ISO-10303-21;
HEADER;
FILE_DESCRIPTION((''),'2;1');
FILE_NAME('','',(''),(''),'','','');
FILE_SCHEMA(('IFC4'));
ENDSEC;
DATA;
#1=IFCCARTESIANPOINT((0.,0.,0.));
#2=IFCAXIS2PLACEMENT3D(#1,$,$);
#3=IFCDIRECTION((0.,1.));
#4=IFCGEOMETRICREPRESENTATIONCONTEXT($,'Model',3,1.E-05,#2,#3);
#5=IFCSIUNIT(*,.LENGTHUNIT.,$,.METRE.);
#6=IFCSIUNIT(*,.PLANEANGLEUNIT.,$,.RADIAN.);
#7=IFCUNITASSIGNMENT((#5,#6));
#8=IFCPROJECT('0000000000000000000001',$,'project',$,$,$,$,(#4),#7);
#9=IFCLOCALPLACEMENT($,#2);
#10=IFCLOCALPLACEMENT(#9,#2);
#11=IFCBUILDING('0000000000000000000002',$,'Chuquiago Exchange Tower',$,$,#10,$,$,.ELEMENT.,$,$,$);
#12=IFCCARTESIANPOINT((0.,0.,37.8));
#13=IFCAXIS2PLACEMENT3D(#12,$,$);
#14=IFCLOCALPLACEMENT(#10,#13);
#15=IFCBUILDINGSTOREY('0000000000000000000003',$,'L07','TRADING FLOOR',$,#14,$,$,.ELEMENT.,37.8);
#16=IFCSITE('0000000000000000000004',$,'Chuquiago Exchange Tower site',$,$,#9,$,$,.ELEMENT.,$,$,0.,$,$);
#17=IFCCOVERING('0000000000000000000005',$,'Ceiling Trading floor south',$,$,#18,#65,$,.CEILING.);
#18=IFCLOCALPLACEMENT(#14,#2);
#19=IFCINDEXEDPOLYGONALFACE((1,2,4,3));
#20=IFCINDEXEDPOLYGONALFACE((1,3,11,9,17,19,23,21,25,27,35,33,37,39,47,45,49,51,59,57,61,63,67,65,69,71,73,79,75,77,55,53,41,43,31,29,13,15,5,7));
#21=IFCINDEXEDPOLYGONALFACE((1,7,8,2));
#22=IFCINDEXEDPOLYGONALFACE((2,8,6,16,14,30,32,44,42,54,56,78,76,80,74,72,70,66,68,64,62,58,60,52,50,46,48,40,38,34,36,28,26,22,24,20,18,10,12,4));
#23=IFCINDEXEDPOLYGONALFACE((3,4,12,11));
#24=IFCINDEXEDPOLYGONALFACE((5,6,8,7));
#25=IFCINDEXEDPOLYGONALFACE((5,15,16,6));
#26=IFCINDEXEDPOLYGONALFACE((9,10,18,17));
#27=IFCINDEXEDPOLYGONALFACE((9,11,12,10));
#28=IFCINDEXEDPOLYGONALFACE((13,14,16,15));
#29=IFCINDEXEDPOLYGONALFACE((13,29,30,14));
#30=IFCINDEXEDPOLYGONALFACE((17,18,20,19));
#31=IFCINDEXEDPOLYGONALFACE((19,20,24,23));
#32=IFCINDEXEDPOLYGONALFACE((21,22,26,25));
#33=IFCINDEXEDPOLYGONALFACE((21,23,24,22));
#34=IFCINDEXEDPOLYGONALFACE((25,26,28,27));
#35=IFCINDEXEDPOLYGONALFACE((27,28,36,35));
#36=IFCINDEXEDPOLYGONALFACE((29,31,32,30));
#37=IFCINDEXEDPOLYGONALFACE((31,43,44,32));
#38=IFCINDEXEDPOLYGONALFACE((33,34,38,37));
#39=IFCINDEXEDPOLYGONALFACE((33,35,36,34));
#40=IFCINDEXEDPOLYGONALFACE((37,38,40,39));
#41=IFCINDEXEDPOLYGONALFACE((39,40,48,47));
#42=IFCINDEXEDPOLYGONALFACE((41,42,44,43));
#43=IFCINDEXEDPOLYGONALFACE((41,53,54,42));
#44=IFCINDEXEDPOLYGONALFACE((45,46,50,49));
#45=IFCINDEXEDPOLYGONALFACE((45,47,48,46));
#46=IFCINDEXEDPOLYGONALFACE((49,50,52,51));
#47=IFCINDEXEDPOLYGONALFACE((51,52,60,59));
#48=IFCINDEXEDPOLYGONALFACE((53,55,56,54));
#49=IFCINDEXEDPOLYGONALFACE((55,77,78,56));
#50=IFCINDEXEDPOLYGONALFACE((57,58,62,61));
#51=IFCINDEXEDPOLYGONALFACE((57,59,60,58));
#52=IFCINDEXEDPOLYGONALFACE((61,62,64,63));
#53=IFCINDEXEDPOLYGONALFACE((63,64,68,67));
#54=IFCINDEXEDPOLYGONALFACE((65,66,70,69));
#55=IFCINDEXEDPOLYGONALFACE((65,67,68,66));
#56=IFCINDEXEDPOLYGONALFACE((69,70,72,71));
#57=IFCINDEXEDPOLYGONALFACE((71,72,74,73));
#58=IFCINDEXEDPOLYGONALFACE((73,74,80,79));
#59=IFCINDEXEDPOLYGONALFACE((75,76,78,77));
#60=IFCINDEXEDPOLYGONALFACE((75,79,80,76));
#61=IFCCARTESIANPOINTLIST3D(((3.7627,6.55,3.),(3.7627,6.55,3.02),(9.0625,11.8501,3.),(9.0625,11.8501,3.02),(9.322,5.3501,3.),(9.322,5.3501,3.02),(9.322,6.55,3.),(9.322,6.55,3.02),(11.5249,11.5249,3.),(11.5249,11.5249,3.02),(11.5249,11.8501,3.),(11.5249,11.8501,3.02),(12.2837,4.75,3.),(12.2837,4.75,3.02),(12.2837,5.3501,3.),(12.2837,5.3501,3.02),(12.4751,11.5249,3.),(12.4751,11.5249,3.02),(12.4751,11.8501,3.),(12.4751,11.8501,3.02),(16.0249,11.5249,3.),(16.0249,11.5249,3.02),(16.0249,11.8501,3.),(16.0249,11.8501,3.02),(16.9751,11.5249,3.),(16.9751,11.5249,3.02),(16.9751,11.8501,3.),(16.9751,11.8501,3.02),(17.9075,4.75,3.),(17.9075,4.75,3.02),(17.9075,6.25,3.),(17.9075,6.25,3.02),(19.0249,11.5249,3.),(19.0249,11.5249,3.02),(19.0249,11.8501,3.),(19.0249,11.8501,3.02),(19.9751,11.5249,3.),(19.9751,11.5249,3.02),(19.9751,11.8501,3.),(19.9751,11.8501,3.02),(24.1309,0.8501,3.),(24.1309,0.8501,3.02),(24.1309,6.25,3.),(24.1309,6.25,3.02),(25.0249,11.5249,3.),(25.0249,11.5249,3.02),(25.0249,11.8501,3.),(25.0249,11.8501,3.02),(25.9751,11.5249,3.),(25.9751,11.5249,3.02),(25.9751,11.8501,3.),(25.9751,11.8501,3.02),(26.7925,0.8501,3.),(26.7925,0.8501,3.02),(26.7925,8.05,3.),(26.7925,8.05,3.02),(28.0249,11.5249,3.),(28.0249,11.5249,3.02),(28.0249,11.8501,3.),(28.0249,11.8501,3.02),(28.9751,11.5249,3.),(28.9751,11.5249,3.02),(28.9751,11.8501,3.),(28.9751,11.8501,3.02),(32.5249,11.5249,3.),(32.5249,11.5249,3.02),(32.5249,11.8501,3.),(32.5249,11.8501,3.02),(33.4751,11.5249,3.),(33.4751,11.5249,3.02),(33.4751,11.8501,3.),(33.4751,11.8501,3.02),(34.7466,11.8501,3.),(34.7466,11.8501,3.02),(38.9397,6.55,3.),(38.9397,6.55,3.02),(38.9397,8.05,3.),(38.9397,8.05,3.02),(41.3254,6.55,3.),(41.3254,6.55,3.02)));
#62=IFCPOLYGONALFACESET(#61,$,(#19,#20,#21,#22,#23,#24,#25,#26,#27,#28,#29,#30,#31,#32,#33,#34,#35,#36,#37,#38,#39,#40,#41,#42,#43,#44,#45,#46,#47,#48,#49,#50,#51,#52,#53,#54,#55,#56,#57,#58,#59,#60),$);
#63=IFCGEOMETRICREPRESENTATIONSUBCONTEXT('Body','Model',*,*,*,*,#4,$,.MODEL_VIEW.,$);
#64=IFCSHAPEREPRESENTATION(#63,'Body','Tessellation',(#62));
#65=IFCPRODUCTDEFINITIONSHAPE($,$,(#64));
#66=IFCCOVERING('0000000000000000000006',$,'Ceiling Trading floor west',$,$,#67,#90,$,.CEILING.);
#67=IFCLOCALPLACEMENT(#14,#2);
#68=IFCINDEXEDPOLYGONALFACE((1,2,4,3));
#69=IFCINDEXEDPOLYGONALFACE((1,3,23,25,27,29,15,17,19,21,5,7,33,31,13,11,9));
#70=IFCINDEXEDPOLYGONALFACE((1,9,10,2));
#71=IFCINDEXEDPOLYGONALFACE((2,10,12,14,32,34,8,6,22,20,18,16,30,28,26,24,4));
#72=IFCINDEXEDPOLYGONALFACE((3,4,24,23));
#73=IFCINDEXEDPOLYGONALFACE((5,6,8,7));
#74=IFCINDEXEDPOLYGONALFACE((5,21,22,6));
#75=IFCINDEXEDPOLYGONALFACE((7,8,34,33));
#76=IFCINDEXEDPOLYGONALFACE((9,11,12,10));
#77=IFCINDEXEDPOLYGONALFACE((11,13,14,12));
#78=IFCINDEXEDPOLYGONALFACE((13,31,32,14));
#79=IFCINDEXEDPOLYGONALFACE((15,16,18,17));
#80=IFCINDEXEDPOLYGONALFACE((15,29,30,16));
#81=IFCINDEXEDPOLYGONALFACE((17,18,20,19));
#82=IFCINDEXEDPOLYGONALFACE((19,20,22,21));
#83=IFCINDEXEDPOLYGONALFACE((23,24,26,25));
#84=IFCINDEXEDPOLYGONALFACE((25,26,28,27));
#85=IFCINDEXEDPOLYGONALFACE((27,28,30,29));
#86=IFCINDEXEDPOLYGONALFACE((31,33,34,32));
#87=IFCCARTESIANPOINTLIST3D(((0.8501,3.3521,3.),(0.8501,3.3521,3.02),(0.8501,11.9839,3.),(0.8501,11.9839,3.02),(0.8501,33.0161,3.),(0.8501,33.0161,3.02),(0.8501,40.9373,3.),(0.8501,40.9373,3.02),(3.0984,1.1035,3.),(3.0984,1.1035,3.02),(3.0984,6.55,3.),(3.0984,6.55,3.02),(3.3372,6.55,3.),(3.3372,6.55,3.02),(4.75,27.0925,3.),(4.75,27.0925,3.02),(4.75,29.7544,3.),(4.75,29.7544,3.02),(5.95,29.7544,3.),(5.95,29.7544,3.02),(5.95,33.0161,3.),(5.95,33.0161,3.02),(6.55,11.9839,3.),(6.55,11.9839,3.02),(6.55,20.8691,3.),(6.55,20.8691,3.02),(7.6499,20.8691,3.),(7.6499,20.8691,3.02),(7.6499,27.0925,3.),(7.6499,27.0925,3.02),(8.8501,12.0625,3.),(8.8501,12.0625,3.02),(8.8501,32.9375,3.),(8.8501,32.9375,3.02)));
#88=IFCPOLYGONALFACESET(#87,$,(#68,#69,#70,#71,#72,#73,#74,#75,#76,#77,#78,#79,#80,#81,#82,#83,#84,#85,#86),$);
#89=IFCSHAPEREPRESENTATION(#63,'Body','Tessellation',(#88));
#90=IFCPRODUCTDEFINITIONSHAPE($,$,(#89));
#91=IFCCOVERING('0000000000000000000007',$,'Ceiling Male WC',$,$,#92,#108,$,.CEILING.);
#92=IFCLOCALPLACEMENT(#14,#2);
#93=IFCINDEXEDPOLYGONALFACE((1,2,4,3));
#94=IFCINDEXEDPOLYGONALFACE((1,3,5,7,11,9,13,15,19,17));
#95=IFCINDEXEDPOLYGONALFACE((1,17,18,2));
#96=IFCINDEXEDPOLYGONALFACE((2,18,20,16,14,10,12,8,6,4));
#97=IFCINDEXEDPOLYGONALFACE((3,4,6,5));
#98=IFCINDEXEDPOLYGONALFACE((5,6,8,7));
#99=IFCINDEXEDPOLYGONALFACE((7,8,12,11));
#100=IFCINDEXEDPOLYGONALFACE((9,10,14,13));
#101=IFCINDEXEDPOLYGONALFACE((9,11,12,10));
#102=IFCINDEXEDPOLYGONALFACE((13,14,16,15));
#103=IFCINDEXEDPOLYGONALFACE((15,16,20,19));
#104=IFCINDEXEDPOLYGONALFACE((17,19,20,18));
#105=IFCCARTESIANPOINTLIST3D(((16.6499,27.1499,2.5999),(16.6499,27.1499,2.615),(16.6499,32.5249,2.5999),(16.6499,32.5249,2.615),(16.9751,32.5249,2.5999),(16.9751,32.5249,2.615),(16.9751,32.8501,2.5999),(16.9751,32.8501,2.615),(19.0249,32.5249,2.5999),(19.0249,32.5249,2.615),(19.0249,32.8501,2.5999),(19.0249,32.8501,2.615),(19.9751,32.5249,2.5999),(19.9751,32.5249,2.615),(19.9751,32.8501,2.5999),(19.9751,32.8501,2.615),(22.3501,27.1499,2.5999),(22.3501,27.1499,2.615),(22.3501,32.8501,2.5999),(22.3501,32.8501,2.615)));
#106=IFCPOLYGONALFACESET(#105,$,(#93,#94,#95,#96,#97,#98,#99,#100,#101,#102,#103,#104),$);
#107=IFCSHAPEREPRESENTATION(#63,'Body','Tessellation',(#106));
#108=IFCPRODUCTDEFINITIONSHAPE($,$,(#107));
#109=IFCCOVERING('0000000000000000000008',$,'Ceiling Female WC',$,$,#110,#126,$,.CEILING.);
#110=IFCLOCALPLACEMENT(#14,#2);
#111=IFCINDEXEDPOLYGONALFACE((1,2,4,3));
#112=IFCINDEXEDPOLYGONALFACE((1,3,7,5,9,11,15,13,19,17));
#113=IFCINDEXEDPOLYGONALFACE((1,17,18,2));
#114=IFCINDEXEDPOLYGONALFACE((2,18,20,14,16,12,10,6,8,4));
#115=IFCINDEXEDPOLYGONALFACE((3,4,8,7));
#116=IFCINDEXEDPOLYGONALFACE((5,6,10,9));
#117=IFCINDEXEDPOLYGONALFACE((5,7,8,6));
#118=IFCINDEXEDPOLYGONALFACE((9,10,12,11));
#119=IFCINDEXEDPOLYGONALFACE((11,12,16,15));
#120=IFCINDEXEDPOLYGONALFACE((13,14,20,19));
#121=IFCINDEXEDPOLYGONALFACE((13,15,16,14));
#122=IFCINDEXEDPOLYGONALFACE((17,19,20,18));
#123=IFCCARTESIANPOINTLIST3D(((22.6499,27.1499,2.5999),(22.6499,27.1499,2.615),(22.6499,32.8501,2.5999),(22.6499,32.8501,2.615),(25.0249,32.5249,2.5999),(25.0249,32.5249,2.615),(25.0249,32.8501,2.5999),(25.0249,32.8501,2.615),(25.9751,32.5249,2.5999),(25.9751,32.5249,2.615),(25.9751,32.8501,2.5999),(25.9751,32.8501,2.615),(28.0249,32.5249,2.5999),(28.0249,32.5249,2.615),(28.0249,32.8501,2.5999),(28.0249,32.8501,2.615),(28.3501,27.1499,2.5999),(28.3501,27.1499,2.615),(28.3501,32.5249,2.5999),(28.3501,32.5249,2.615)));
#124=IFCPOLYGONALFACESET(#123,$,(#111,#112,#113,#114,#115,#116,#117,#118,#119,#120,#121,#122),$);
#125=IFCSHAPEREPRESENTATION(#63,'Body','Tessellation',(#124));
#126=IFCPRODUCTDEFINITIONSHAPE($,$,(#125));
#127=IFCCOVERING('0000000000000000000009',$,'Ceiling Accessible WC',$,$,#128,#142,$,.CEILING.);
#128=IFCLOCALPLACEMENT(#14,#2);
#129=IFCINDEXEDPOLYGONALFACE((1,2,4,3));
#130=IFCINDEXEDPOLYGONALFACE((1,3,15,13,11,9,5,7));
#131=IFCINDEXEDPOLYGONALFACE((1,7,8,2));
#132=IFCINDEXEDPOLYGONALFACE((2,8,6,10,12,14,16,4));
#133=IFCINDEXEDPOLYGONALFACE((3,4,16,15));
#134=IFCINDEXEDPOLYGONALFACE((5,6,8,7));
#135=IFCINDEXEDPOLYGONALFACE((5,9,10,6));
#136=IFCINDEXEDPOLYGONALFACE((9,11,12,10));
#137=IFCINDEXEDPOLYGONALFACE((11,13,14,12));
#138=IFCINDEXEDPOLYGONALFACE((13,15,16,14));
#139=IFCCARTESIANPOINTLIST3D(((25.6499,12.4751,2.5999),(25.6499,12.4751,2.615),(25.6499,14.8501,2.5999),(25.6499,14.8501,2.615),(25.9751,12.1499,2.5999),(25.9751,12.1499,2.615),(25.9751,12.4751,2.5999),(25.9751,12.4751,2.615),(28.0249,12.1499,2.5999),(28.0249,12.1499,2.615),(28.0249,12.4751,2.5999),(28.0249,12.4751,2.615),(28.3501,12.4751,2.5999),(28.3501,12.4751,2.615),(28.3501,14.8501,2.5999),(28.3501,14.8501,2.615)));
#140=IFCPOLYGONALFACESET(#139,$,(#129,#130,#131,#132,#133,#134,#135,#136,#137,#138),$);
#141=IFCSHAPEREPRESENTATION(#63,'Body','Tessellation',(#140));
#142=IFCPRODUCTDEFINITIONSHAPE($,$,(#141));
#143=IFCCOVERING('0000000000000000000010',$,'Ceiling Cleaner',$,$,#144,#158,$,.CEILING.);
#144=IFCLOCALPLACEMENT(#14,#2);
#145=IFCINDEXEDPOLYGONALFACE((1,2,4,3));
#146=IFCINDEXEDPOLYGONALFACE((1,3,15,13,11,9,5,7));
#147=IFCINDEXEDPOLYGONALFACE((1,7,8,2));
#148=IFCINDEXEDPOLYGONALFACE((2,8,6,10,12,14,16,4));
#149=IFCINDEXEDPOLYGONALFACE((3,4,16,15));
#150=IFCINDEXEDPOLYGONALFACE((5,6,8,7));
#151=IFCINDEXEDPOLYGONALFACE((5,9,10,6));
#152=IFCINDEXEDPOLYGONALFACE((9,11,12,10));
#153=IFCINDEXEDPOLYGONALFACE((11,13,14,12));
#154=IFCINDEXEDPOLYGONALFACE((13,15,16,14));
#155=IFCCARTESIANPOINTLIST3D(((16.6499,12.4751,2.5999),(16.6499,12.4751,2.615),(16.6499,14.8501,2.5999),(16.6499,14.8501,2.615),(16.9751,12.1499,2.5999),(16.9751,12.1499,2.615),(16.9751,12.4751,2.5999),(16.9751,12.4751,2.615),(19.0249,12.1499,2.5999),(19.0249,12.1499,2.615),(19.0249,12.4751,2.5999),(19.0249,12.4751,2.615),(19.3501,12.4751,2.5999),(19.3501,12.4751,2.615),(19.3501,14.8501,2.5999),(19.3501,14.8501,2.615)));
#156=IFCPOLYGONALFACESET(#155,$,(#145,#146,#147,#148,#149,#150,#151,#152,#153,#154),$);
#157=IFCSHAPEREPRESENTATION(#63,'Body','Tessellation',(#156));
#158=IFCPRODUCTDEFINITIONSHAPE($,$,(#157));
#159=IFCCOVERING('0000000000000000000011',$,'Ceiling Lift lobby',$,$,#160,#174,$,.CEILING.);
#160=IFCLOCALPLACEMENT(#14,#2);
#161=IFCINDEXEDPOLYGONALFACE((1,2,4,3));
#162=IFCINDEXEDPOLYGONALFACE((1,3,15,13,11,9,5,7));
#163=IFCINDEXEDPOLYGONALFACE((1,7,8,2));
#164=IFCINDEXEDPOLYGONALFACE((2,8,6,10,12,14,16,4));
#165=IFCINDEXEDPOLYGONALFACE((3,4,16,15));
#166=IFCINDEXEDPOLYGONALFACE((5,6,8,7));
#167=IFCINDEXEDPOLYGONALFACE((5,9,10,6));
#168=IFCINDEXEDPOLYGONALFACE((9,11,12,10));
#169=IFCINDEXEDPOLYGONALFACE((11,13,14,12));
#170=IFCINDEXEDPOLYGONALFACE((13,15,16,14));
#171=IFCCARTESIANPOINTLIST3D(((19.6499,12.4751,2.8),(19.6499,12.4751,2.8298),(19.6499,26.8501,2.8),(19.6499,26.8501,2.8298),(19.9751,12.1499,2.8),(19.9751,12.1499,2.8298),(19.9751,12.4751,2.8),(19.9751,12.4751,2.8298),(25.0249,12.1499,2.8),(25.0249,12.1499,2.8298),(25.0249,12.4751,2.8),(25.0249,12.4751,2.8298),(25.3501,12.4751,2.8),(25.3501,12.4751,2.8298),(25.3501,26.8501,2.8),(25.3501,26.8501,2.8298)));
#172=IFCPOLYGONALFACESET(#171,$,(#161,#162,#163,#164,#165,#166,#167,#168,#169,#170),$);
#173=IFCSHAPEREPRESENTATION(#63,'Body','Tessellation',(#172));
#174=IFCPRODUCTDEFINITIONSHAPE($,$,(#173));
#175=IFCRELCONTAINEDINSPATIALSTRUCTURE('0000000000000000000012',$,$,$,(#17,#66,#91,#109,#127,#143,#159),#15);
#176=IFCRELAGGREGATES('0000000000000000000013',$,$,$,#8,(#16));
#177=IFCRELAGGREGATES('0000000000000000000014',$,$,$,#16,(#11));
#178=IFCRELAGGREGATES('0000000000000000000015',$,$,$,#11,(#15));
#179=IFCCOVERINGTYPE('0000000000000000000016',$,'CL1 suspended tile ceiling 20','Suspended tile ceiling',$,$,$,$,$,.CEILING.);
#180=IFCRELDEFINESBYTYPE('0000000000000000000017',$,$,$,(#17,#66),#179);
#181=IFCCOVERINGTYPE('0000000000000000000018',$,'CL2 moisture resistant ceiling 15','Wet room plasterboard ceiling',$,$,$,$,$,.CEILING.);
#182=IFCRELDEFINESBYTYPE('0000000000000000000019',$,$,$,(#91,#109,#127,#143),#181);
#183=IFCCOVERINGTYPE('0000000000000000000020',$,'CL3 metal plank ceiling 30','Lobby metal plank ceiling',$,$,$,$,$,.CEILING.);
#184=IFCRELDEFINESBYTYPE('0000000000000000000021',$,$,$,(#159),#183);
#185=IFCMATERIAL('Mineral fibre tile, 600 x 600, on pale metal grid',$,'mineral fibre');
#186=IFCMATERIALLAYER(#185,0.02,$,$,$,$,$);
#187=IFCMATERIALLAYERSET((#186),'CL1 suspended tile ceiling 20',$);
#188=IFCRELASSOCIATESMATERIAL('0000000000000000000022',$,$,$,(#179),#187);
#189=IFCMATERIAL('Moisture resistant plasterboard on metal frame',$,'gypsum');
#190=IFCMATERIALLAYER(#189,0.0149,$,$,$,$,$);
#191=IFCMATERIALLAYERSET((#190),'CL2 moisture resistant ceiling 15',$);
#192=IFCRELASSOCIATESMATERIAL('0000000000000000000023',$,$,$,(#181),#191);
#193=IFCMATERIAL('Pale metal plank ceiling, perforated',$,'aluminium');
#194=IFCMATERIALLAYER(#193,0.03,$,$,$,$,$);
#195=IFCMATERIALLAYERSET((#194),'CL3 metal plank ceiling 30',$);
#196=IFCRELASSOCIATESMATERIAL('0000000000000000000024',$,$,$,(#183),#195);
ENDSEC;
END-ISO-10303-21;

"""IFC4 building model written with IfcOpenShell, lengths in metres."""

from ifc_helpers import new_model, si_unit, direction, frame, origin, place, context, subcontext, project, spatial, polyline, outline, extrude, material, layer, layer_set, type_object, element, save


model = new_model("IFC4")

# Units and contexts
model_context = context("Model", 3, precision=1e-05, world=origin(), true_north=direction((0.0, 1.0)))
body_context = subcontext(model_context, "Body", "Model", "MODEL_VIEW")
ifc_project = project(units=[si_unit("LENGTHUNIT", "METRE"), si_unit("PLANEANGLEUNIT", "RADIAN")], contexts=[model_context])

# Site, building, storey
site_placement = place(None, origin())
site = spatial("IfcSite", under=ifc_project, at=site_placement, Name="Chuquiago Exchange Tower site", CompositionType="ELEMENT", RefElevation=0.0)
building_placement = place(site_placement, origin())
building = spatial("IfcBuilding", under=site, at=building_placement, Name="Chuquiago Exchange Tower", CompositionType="ELEMENT")
storey_placement = place(building_placement, frame((0.0, 0.0, 37.8)))
storey = spatial("IfcBuildingStorey", under=building, at=storey_placement, Name="L07", Description="TRADING FLOOR", CompositionType="ELEMENT", Elevation=37.8)

# Coverings
ifc_material_1 = material(Name="Mineral fibre tile, 600 x 600, on pale metal grid", Category="mineral fibre")
ifc_layer_1 = layer(ifc_material_1, 0.02)
ifc_layer_set_1 = layer_set([ifc_layer_1], Name="CL1 suspended tile ceiling 20")
covering_type_1 = type_object("IfcCoveringType", Name="CL1 suspended tile ceiling 20", Description="Suspended tile ceiling", PredefinedType="CEILING", material=ifc_layer_set_1)
covering_1_placement = place(storey_placement, frame((0.0, 0.0, 3.0)))
element("IfcCovering", 1, at=covering_1_placement, inside=storey, type_object=covering_type_1, Name="Ceiling Trading floor south", PredefinedType="CEILING", context=body_context, shape_type="SweptSolid", body=[
    extrude(outline(polyline([(38.9397, 8.05), (26.7925, 8.05), (26.7925, 0.8501), (24.1309, 0.8501), (24.1309, 6.25), (17.9075, 6.25), (17.9075, 4.75), (12.2837, 4.75), (12.2837, 5.3501), (9.322, 5.3501), (9.322, 6.55), (3.7627, 6.55), (9.0625, 11.8501), (11.5249, 11.8501), (11.5249, 11.5249), (12.4751, 11.5249), (12.4751, 11.8501), (16.0249, 11.8501), (16.0249, 11.5249), (16.9751, 11.5249), (16.9751, 11.8501), (19.0249, 11.8501), (19.0249, 11.5249), (19.9751, 11.5249), (19.9751, 11.8501), (25.0249, 11.8501), (25.0249, 11.5249), (25.9751, 11.5249), (25.9751, 11.8501), (28.0249, 11.8501), (28.0249, 11.5249), (28.9751, 11.5249), (28.9751, 11.8501), (32.5249, 11.8501), (32.5249, 11.5249), (33.4751, 11.5249), (33.4751, 11.8501), (34.7466, 11.8501), (41.3254, 6.55), (38.9397, 6.55), (38.9397, 8.05)])), origin(), (0.0, 0.0, 1.0), 0.02),
])
covering_2_placement = place(storey_placement, frame((0.0, 0.0, 3.0)))
element("IfcCovering", 2, at=covering_2_placement, inside=storey, type_object=covering_type_1, Name="Ceiling Trading floor west", PredefinedType="CEILING", context=body_context, shape_type="SweptSolid", body=[
    extrude(outline(polyline([(6.55, 20.8691), (7.6499, 20.8691), (7.6499, 27.0925), (4.75, 27.0925), (4.75, 29.7544), (5.95, 29.7544), (5.95, 33.0161), (0.8501, 33.0161), (0.8501, 40.9373), (8.8501, 32.9375), (8.8501, 12.0625), (3.3372, 6.55), (3.0984, 6.55), (3.0984, 1.1035), (0.8501, 3.3521), (0.8501, 11.9839), (6.55, 11.9839), (6.55, 20.8691)])), origin(), (0.0, 0.0, 1.0), 0.02),
])
ifc_material_2 = material(Name="Moisture resistant plasterboard on metal frame", Category="gypsum")
ifc_layer_2 = layer(ifc_material_2, 0.0149)
ifc_layer_set_2 = layer_set([ifc_layer_2], Name="CL2 moisture resistant ceiling 15")
covering_type_2 = type_object("IfcCoveringType", Name="CL2 moisture resistant ceiling 15", Description="Wet room plasterboard ceiling", PredefinedType="CEILING", material=ifc_layer_set_2)
covering_3_placement = place(storey_placement, frame((0.0, 0.0, 2.5999)))
element("IfcCovering", 3, at=covering_3_placement, inside=storey, type_object=covering_type_2, Name="Ceiling Male WC", PredefinedType="CEILING", context=body_context, shape_type="SweptSolid", body=[
    extrude(outline(polyline([(16.6499, 27.1499), (16.6499, 32.5249), (16.9751, 32.5249), (16.9751, 32.8501), (19.0249, 32.8501), (19.0249, 32.5249), (19.9751, 32.5249), (19.9751, 32.8501), (22.3501, 32.8501), (22.3501, 27.1499), (16.6499, 27.1499)])), origin(), (0.0, 0.0, 1.0), 0.0151),
])
covering_4_placement = place(storey_placement, frame((0.0, 0.0, 2.5999)))
element("IfcCovering", 4, at=covering_4_placement, inside=storey, type_object=covering_type_2, Name="Ceiling Female WC", PredefinedType="CEILING", context=body_context, shape_type="SweptSolid", body=[
    extrude(outline(polyline([(22.6499, 27.1499), (22.6499, 32.8501), (25.0249, 32.8501), (25.0249, 32.5249), (25.9751, 32.5249), (25.9751, 32.8501), (28.0249, 32.8501), (28.0249, 32.5249), (28.3501, 32.5249), (28.3501, 27.1499), (22.6499, 27.1499)])), origin(), (0.0, 0.0, 1.0), 0.0151),
])
covering_5_placement = place(storey_placement, frame((0.0, 0.0, 2.5999)))
element("IfcCovering", 5, at=covering_5_placement, inside=storey, type_object=covering_type_2, Name="Ceiling Accessible WC", PredefinedType="CEILING", context=body_context, shape_type="SweptSolid", body=[
    extrude(outline(polyline([(25.9751, 12.1499), (25.9751, 12.4751), (25.6499, 12.4751), (25.6499, 14.8501), (28.3501, 14.8501), (28.3501, 12.4751), (28.0249, 12.4751), (28.0249, 12.1499), (25.9751, 12.1499)])), origin(), (0.0, 0.0, 1.0), 0.0151),
])
covering_6_placement = place(storey_placement, frame((0.0, 0.0, 2.5999)))
element("IfcCovering", 6, at=covering_6_placement, inside=storey, type_object=covering_type_2, Name="Ceiling Cleaner", PredefinedType="CEILING", context=body_context, shape_type="SweptSolid", body=[
    extrude(outline(polyline([(16.9751, 12.1499), (16.9751, 12.4751), (16.6499, 12.4751), (16.6499, 14.8501), (19.3501, 14.8501), (19.3501, 12.4751), (19.0249, 12.4751), (19.0249, 12.1499), (16.9751, 12.1499)])), origin(), (0.0, 0.0, 1.0), 0.0151),
])
ifc_material_3 = material(Name="Pale metal plank ceiling, perforated", Category="aluminium")
ifc_layer_3 = layer(ifc_material_3, 0.03)
ifc_layer_set_3 = layer_set([ifc_layer_3], Name="CL3 metal plank ceiling 30")
covering_type_3 = type_object("IfcCoveringType", Name="CL3 metal plank ceiling 30", Description="Lobby metal plank ceiling", PredefinedType="CEILING", material=ifc_layer_set_3)
covering_7_placement = place(storey_placement, frame((0.0, 0.0, 2.8)))
element("IfcCovering", 7, at=covering_7_placement, inside=storey, type_object=covering_type_3, Name="Ceiling Lift lobby", PredefinedType="CEILING", context=body_context, shape_type="SweptSolid", body=[
    extrude(outline(polyline([(19.9751, 12.1499), (19.9751, 12.4751), (19.6499, 12.4751), (19.6499, 26.8501), (25.3501, 26.8501), (25.3501, 12.4751), (25.0249, 12.4751), (25.0249, 12.1499), (19.9751, 12.1499)])), origin(), (0.0, 0.0, 1.0), 0.0298),
])

save(model, "model.ifc")
